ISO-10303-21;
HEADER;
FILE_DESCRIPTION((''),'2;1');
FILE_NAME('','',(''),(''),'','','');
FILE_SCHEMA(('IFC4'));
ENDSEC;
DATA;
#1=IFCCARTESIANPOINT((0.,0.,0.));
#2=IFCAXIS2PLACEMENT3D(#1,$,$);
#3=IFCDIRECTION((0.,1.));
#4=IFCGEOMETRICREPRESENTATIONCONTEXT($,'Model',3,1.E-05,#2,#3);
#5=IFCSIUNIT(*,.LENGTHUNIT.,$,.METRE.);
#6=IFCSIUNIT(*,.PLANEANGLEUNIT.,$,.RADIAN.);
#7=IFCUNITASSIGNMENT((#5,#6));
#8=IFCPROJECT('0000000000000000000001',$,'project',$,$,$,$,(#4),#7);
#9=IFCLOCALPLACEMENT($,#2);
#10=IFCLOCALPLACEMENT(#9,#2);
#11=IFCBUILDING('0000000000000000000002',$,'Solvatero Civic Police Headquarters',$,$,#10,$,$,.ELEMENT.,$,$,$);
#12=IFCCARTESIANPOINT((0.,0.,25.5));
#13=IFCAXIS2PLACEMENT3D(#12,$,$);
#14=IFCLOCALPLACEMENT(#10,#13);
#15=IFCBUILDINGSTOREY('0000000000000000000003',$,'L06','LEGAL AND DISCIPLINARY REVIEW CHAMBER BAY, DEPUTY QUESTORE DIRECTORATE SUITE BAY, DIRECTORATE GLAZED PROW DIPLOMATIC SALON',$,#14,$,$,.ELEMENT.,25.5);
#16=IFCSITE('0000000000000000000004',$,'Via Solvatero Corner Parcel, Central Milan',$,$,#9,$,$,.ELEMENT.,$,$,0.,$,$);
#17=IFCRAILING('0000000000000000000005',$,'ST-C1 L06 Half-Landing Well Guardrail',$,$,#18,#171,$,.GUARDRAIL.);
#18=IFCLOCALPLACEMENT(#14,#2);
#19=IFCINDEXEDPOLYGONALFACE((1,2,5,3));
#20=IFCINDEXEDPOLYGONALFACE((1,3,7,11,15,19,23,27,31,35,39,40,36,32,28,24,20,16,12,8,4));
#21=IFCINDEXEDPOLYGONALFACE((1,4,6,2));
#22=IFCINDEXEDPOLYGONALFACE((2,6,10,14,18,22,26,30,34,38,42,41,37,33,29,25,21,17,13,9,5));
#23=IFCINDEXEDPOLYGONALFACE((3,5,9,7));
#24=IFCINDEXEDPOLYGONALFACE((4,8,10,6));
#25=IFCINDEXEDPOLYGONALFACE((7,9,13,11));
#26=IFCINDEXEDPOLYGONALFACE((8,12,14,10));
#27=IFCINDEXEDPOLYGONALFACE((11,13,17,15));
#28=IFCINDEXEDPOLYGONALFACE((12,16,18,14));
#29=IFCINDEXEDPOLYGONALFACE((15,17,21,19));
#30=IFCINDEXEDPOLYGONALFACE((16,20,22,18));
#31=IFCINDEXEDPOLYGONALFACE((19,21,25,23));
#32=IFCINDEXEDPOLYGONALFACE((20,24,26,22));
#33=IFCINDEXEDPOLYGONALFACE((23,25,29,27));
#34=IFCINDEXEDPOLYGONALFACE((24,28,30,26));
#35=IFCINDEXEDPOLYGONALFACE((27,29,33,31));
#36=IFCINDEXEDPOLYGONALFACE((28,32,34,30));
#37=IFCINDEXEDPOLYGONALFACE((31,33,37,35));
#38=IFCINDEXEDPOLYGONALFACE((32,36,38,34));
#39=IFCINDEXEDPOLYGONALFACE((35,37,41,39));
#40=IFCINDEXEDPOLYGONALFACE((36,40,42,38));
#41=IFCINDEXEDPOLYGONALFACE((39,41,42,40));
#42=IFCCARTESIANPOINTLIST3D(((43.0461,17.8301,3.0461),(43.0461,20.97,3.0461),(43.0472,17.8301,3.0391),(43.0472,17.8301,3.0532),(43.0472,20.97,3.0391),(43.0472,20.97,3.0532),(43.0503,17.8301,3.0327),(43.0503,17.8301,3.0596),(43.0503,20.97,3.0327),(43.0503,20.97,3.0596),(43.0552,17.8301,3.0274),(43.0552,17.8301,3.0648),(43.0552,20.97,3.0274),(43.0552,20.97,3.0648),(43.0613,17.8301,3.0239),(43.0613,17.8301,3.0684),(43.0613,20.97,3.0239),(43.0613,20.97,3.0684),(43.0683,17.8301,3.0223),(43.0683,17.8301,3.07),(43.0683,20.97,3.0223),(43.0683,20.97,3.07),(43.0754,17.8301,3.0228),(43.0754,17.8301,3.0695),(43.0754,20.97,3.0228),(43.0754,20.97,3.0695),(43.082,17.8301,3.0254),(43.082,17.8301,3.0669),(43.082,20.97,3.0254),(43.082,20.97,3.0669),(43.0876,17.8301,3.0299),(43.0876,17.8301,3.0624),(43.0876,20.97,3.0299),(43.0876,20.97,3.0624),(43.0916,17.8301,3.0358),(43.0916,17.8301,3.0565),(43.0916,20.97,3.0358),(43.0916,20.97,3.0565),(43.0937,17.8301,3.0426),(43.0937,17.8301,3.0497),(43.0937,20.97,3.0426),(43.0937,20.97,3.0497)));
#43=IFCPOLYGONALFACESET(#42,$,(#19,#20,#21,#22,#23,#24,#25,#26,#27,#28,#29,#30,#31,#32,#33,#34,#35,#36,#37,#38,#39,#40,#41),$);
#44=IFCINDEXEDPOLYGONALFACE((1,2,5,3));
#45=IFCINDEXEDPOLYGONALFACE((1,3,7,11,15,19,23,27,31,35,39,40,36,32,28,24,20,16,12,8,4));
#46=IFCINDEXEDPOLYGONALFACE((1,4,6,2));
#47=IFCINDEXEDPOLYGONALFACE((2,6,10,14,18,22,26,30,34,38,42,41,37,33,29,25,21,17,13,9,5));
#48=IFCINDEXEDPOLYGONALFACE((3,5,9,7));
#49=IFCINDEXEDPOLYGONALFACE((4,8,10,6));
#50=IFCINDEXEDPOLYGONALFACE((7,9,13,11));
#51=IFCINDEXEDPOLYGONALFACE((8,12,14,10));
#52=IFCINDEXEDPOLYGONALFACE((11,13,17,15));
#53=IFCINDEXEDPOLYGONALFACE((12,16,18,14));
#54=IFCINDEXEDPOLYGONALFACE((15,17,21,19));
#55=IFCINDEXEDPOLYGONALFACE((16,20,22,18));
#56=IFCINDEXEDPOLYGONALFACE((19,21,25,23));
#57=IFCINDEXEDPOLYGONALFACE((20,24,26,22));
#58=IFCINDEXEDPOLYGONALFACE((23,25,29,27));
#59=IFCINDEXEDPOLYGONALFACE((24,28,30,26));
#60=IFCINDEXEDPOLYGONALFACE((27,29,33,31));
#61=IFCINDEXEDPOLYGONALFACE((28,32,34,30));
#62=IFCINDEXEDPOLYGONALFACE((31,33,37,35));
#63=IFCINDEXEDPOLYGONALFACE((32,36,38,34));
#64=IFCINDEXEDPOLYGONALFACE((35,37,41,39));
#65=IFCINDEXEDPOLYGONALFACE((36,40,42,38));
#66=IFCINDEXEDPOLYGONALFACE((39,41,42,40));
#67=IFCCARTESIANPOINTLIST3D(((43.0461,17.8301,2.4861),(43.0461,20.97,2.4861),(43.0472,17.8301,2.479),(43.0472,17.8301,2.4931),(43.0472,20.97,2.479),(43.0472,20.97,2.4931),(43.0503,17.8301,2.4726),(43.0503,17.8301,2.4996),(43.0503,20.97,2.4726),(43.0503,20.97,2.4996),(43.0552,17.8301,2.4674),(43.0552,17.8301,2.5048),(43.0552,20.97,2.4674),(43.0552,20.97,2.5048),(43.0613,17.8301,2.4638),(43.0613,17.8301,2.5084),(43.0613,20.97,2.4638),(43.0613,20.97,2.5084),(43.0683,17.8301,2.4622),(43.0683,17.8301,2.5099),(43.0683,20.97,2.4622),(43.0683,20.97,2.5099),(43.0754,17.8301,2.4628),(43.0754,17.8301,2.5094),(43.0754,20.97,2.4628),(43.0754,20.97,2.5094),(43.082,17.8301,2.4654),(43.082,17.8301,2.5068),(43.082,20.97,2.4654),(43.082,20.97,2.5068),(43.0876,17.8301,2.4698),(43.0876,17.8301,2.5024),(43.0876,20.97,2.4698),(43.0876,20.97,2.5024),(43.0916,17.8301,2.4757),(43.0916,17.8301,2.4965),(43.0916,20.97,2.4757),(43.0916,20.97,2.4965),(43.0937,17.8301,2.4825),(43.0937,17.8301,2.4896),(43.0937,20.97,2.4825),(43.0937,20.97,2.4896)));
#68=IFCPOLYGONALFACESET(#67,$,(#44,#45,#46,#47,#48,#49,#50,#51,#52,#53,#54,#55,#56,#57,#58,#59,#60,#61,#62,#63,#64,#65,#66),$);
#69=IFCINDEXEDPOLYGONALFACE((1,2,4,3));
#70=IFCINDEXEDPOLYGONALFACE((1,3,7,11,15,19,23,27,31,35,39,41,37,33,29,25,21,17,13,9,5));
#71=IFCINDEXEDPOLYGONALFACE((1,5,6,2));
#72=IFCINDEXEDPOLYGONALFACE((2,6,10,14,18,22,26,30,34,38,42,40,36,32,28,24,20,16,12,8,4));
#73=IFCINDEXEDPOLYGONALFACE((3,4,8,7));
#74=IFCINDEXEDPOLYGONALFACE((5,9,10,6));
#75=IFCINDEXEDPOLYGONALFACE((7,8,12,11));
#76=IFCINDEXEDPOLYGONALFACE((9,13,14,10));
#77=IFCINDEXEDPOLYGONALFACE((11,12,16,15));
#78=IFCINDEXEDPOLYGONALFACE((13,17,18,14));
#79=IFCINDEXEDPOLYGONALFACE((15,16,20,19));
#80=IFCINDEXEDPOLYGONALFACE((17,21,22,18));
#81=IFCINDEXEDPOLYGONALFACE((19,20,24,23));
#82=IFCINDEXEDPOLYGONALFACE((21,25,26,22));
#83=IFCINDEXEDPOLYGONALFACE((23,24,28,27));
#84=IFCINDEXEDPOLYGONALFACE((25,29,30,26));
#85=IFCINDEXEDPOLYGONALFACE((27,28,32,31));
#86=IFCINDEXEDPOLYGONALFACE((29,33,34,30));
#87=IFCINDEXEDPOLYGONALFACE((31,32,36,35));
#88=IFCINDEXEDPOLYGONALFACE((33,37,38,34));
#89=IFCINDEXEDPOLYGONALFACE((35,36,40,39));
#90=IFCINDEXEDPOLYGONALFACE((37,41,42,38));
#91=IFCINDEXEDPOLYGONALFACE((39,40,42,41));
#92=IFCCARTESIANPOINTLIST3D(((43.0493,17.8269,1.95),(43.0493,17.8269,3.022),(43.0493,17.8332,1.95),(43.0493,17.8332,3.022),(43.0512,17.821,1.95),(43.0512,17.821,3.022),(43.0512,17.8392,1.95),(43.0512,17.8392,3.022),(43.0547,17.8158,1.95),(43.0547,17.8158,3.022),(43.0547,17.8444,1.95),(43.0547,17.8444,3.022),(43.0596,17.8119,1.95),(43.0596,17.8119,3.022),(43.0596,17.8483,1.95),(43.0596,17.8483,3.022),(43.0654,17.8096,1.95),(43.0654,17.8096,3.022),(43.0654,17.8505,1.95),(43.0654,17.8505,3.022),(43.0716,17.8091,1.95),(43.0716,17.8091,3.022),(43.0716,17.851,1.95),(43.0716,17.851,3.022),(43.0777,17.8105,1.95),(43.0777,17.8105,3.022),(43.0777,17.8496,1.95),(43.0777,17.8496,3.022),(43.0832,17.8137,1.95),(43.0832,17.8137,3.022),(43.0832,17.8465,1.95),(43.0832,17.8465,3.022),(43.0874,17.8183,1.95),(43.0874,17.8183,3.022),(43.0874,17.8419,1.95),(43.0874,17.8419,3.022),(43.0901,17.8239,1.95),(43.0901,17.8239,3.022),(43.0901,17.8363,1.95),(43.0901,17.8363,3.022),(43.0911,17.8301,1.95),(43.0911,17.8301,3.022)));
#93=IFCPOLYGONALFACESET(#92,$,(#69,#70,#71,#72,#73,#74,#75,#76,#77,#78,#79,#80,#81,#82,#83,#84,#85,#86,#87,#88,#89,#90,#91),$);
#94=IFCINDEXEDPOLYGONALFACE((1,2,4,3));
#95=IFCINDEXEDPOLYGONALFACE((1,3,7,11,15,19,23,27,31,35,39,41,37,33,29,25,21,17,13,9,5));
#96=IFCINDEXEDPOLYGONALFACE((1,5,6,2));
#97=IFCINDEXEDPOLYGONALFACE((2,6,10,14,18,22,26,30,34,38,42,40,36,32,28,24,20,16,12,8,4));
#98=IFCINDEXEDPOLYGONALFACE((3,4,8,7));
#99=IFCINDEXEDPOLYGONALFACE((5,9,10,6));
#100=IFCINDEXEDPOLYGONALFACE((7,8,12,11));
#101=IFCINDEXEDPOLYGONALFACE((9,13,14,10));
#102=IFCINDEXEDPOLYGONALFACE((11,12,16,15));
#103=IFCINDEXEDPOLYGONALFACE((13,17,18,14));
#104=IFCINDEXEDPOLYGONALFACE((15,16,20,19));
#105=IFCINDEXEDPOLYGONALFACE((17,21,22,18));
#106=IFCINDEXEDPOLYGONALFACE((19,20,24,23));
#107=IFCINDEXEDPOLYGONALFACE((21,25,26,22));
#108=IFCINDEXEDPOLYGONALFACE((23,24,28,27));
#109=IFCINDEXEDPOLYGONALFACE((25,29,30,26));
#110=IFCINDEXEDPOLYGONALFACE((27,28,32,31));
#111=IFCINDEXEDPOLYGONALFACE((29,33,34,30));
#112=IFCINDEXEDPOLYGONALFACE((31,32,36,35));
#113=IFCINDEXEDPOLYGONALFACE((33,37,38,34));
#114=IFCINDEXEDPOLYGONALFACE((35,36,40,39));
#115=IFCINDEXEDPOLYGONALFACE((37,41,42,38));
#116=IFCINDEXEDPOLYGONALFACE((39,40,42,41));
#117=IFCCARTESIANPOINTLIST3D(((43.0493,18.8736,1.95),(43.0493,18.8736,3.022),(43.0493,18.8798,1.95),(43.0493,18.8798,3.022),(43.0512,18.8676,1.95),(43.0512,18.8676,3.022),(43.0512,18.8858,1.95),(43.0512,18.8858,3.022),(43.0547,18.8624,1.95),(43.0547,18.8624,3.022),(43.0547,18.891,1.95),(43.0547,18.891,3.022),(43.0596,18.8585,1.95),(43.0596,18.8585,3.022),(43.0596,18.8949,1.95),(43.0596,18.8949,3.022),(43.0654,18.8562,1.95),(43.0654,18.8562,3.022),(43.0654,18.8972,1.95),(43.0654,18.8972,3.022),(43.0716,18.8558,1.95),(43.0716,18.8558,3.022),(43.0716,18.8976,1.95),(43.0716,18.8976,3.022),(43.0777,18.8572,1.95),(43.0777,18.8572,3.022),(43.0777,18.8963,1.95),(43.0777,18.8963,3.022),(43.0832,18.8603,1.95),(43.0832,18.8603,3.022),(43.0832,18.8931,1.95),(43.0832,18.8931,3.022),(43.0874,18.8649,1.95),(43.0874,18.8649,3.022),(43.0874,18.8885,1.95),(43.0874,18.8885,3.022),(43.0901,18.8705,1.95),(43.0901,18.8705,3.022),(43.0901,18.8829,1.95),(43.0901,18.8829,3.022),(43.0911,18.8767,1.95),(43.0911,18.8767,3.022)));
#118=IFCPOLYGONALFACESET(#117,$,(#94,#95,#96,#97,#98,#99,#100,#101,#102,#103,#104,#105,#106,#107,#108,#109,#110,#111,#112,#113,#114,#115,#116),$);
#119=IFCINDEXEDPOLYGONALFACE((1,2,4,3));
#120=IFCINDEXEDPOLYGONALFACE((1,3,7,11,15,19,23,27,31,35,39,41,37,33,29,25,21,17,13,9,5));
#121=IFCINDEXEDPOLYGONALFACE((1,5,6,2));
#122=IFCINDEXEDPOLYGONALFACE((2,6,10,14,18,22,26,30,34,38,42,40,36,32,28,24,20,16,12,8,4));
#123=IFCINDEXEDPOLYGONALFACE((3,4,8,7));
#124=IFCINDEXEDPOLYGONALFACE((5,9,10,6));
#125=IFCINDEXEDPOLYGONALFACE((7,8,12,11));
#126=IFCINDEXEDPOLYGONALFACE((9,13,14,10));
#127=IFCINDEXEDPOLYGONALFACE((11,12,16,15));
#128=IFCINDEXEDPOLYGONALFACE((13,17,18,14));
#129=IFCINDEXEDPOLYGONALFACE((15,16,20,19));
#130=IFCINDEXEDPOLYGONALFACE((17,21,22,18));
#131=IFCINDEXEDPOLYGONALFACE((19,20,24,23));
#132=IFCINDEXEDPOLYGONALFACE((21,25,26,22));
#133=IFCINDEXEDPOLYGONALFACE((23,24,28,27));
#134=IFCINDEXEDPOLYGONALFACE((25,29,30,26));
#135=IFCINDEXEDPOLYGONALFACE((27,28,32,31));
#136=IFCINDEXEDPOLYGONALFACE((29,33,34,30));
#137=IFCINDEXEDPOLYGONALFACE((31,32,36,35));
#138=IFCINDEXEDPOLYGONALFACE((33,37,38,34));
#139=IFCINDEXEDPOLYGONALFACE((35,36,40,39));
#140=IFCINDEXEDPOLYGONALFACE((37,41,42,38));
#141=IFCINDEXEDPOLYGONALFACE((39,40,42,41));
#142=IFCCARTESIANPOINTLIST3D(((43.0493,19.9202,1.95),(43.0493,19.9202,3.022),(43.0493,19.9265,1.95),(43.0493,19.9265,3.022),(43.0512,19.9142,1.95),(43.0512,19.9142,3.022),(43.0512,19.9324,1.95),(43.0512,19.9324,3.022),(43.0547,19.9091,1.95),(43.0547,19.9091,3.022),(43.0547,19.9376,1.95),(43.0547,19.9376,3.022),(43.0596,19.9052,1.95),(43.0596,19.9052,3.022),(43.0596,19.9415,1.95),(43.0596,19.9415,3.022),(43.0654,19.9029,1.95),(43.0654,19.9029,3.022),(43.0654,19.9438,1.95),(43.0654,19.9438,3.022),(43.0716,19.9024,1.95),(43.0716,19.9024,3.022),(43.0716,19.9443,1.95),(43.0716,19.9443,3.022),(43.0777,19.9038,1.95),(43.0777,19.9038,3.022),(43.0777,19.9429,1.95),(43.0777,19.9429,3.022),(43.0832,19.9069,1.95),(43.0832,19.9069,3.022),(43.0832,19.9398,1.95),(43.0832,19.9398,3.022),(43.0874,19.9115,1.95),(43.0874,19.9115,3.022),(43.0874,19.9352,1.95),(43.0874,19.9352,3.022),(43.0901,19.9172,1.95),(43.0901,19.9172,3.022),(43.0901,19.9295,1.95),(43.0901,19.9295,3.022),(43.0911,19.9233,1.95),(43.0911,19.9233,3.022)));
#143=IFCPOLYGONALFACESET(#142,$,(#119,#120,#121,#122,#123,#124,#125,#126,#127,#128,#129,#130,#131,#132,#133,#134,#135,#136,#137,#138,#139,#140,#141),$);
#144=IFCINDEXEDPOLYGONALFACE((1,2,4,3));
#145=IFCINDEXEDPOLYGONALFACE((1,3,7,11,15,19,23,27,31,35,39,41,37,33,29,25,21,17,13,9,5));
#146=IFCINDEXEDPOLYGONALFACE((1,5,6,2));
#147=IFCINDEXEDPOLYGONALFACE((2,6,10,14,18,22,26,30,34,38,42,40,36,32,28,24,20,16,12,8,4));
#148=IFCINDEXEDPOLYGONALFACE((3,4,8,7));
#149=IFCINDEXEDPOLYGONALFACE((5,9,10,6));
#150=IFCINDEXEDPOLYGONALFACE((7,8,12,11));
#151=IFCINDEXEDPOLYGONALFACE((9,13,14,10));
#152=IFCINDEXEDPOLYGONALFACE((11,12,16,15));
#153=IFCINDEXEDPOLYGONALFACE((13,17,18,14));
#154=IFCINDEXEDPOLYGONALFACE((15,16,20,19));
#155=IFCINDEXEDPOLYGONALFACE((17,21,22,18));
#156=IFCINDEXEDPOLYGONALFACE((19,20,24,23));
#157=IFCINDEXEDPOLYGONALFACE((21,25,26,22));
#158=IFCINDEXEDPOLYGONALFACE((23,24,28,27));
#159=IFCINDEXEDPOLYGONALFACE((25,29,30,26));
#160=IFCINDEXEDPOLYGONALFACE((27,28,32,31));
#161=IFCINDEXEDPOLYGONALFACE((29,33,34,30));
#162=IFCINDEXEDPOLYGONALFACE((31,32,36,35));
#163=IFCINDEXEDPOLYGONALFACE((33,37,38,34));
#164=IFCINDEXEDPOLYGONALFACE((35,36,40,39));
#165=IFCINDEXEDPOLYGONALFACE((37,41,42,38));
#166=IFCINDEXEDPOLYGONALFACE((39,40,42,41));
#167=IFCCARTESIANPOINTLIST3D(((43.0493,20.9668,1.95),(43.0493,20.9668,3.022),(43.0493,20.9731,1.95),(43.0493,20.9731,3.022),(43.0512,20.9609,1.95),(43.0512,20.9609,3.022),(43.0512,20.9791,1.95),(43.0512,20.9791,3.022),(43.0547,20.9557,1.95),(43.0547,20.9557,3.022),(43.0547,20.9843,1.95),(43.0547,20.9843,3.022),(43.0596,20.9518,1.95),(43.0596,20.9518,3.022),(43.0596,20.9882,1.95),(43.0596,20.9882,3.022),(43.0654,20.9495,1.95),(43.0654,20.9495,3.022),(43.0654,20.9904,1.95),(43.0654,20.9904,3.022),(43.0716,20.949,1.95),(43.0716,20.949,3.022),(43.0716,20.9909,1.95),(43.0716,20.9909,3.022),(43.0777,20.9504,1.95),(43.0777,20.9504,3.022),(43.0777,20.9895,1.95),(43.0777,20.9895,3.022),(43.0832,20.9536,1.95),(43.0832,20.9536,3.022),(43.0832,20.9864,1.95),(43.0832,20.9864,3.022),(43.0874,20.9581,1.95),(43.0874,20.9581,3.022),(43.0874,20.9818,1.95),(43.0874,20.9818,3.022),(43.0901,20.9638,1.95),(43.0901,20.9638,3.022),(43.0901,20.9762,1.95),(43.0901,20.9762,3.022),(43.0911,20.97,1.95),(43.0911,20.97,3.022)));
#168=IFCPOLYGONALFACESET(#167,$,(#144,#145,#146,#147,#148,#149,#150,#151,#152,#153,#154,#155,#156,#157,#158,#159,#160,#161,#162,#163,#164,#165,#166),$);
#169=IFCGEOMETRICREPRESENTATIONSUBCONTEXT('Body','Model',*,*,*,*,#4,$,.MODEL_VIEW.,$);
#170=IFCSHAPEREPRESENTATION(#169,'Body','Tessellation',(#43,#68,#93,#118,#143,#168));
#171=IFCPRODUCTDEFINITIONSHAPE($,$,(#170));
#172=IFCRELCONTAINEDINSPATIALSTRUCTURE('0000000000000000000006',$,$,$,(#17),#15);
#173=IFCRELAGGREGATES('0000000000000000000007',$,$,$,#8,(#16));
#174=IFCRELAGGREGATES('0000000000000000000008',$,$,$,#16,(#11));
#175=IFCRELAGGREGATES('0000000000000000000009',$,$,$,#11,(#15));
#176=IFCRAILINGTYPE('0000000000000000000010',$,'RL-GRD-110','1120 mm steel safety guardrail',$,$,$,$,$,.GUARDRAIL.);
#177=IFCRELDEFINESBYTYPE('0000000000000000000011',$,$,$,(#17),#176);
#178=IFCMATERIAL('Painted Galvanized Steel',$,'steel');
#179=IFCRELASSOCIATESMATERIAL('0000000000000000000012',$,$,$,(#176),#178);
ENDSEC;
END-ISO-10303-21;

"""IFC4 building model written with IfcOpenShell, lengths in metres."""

from ifc_helpers import new_model, si_unit, direction, frame, origin, origin_2d, place, context, subcontext, project, spatial, circle, extrude, material, type_object, element, save


model = new_model("IFC4")

# Units and contexts
model_context = context("Model", 3, precision=1e-05, world=origin(), true_north=direction((0.0, 1.0)))
body_context = subcontext(model_context, "Body", "Model", "MODEL_VIEW")
ifc_project = project(units=[si_unit("LENGTHUNIT", "METRE"), si_unit("PLANEANGLEUNIT", "RADIAN")], contexts=[model_context])

# Site, building, storey
site_placement = place(None, origin())
site = spatial("IfcSite", under=ifc_project, at=site_placement, Name="Via Solvatero Corner Parcel, Central Milan", CompositionType="ELEMENT", RefElevation=0.0)
building_placement = place(site_placement, origin())
building = spatial("IfcBuilding", under=site, at=building_placement, Name="Solvatero Civic Police Headquarters", CompositionType="ELEMENT")
storey_placement = place(building_placement, frame((0.0, 0.0, 25.5)))
storey = spatial("IfcBuildingStorey", under=building, at=storey_placement, Name="L06", Description="LEGAL AND DISCIPLINARY REVIEW CHAMBER BAY, DEPUTY QUESTORE DIRECTORATE SUITE BAY, DIRECTORATE GLAZED PROW DIPLOMATIC SALON", CompositionType="ELEMENT", Elevation=25.5)

# Railing
ifc_material_1 = material(Name="Painted Galvanized Steel", Category="steel")
railing_type_1 = type_object("IfcRailingType", Name="RL-GRD-110", Description="1120 mm steel safety guardrail", PredefinedType="GUARDRAIL", material=ifc_material_1)
railing_1_placement = place(storey_placement, frame((43.0701, 17.8301, 1.95)))
element("IfcRailing", 1, at=railing_1_placement, inside=storey, type_object=railing_type_1, Name="ST-C1 L06 Half-Landing Well Guardrail", PredefinedType="GUARDRAIL", context=body_context, shape_type="SweptSolid", body=[
    extrude(circle(Radius=0.0239, at=origin_2d()), frame((0.0, 0.0, 1.0962), z_axis=(0.0, 1.0, 0.0), x_axis=(-1.0, 0.0, 0.0)), (0.0, 0.0, 1.0), 3.1399),
    extrude(circle(Radius=0.0239, at=origin_2d()), frame((0.0, 0.0, 0.5361), z_axis=(0.0, 1.0, 0.0), x_axis=(-1.0, 0.0, 0.0)), (0.0, 0.0, 1.0), 3.1399),
    extrude(circle(Radius=0.021, at=origin_2d()), origin(), (0.0, 0.0, 1.0), 1.072),
    extrude(circle(Radius=0.021, at=origin_2d()), frame((0.0, 1.0466, 0.0)), (0.0, 0.0, 1.0), 1.072),
    extrude(circle(Radius=0.021, at=origin_2d()), frame((0.0, 2.0933, 0.0)), (0.0, 0.0, 1.0), 1.072),
    extrude(circle(Radius=0.021, at=origin_2d()), frame((0.0, 3.1399, 0.0)), (0.0, 0.0, 1.0), 1.072),
])

save(model, "model.ifc")
